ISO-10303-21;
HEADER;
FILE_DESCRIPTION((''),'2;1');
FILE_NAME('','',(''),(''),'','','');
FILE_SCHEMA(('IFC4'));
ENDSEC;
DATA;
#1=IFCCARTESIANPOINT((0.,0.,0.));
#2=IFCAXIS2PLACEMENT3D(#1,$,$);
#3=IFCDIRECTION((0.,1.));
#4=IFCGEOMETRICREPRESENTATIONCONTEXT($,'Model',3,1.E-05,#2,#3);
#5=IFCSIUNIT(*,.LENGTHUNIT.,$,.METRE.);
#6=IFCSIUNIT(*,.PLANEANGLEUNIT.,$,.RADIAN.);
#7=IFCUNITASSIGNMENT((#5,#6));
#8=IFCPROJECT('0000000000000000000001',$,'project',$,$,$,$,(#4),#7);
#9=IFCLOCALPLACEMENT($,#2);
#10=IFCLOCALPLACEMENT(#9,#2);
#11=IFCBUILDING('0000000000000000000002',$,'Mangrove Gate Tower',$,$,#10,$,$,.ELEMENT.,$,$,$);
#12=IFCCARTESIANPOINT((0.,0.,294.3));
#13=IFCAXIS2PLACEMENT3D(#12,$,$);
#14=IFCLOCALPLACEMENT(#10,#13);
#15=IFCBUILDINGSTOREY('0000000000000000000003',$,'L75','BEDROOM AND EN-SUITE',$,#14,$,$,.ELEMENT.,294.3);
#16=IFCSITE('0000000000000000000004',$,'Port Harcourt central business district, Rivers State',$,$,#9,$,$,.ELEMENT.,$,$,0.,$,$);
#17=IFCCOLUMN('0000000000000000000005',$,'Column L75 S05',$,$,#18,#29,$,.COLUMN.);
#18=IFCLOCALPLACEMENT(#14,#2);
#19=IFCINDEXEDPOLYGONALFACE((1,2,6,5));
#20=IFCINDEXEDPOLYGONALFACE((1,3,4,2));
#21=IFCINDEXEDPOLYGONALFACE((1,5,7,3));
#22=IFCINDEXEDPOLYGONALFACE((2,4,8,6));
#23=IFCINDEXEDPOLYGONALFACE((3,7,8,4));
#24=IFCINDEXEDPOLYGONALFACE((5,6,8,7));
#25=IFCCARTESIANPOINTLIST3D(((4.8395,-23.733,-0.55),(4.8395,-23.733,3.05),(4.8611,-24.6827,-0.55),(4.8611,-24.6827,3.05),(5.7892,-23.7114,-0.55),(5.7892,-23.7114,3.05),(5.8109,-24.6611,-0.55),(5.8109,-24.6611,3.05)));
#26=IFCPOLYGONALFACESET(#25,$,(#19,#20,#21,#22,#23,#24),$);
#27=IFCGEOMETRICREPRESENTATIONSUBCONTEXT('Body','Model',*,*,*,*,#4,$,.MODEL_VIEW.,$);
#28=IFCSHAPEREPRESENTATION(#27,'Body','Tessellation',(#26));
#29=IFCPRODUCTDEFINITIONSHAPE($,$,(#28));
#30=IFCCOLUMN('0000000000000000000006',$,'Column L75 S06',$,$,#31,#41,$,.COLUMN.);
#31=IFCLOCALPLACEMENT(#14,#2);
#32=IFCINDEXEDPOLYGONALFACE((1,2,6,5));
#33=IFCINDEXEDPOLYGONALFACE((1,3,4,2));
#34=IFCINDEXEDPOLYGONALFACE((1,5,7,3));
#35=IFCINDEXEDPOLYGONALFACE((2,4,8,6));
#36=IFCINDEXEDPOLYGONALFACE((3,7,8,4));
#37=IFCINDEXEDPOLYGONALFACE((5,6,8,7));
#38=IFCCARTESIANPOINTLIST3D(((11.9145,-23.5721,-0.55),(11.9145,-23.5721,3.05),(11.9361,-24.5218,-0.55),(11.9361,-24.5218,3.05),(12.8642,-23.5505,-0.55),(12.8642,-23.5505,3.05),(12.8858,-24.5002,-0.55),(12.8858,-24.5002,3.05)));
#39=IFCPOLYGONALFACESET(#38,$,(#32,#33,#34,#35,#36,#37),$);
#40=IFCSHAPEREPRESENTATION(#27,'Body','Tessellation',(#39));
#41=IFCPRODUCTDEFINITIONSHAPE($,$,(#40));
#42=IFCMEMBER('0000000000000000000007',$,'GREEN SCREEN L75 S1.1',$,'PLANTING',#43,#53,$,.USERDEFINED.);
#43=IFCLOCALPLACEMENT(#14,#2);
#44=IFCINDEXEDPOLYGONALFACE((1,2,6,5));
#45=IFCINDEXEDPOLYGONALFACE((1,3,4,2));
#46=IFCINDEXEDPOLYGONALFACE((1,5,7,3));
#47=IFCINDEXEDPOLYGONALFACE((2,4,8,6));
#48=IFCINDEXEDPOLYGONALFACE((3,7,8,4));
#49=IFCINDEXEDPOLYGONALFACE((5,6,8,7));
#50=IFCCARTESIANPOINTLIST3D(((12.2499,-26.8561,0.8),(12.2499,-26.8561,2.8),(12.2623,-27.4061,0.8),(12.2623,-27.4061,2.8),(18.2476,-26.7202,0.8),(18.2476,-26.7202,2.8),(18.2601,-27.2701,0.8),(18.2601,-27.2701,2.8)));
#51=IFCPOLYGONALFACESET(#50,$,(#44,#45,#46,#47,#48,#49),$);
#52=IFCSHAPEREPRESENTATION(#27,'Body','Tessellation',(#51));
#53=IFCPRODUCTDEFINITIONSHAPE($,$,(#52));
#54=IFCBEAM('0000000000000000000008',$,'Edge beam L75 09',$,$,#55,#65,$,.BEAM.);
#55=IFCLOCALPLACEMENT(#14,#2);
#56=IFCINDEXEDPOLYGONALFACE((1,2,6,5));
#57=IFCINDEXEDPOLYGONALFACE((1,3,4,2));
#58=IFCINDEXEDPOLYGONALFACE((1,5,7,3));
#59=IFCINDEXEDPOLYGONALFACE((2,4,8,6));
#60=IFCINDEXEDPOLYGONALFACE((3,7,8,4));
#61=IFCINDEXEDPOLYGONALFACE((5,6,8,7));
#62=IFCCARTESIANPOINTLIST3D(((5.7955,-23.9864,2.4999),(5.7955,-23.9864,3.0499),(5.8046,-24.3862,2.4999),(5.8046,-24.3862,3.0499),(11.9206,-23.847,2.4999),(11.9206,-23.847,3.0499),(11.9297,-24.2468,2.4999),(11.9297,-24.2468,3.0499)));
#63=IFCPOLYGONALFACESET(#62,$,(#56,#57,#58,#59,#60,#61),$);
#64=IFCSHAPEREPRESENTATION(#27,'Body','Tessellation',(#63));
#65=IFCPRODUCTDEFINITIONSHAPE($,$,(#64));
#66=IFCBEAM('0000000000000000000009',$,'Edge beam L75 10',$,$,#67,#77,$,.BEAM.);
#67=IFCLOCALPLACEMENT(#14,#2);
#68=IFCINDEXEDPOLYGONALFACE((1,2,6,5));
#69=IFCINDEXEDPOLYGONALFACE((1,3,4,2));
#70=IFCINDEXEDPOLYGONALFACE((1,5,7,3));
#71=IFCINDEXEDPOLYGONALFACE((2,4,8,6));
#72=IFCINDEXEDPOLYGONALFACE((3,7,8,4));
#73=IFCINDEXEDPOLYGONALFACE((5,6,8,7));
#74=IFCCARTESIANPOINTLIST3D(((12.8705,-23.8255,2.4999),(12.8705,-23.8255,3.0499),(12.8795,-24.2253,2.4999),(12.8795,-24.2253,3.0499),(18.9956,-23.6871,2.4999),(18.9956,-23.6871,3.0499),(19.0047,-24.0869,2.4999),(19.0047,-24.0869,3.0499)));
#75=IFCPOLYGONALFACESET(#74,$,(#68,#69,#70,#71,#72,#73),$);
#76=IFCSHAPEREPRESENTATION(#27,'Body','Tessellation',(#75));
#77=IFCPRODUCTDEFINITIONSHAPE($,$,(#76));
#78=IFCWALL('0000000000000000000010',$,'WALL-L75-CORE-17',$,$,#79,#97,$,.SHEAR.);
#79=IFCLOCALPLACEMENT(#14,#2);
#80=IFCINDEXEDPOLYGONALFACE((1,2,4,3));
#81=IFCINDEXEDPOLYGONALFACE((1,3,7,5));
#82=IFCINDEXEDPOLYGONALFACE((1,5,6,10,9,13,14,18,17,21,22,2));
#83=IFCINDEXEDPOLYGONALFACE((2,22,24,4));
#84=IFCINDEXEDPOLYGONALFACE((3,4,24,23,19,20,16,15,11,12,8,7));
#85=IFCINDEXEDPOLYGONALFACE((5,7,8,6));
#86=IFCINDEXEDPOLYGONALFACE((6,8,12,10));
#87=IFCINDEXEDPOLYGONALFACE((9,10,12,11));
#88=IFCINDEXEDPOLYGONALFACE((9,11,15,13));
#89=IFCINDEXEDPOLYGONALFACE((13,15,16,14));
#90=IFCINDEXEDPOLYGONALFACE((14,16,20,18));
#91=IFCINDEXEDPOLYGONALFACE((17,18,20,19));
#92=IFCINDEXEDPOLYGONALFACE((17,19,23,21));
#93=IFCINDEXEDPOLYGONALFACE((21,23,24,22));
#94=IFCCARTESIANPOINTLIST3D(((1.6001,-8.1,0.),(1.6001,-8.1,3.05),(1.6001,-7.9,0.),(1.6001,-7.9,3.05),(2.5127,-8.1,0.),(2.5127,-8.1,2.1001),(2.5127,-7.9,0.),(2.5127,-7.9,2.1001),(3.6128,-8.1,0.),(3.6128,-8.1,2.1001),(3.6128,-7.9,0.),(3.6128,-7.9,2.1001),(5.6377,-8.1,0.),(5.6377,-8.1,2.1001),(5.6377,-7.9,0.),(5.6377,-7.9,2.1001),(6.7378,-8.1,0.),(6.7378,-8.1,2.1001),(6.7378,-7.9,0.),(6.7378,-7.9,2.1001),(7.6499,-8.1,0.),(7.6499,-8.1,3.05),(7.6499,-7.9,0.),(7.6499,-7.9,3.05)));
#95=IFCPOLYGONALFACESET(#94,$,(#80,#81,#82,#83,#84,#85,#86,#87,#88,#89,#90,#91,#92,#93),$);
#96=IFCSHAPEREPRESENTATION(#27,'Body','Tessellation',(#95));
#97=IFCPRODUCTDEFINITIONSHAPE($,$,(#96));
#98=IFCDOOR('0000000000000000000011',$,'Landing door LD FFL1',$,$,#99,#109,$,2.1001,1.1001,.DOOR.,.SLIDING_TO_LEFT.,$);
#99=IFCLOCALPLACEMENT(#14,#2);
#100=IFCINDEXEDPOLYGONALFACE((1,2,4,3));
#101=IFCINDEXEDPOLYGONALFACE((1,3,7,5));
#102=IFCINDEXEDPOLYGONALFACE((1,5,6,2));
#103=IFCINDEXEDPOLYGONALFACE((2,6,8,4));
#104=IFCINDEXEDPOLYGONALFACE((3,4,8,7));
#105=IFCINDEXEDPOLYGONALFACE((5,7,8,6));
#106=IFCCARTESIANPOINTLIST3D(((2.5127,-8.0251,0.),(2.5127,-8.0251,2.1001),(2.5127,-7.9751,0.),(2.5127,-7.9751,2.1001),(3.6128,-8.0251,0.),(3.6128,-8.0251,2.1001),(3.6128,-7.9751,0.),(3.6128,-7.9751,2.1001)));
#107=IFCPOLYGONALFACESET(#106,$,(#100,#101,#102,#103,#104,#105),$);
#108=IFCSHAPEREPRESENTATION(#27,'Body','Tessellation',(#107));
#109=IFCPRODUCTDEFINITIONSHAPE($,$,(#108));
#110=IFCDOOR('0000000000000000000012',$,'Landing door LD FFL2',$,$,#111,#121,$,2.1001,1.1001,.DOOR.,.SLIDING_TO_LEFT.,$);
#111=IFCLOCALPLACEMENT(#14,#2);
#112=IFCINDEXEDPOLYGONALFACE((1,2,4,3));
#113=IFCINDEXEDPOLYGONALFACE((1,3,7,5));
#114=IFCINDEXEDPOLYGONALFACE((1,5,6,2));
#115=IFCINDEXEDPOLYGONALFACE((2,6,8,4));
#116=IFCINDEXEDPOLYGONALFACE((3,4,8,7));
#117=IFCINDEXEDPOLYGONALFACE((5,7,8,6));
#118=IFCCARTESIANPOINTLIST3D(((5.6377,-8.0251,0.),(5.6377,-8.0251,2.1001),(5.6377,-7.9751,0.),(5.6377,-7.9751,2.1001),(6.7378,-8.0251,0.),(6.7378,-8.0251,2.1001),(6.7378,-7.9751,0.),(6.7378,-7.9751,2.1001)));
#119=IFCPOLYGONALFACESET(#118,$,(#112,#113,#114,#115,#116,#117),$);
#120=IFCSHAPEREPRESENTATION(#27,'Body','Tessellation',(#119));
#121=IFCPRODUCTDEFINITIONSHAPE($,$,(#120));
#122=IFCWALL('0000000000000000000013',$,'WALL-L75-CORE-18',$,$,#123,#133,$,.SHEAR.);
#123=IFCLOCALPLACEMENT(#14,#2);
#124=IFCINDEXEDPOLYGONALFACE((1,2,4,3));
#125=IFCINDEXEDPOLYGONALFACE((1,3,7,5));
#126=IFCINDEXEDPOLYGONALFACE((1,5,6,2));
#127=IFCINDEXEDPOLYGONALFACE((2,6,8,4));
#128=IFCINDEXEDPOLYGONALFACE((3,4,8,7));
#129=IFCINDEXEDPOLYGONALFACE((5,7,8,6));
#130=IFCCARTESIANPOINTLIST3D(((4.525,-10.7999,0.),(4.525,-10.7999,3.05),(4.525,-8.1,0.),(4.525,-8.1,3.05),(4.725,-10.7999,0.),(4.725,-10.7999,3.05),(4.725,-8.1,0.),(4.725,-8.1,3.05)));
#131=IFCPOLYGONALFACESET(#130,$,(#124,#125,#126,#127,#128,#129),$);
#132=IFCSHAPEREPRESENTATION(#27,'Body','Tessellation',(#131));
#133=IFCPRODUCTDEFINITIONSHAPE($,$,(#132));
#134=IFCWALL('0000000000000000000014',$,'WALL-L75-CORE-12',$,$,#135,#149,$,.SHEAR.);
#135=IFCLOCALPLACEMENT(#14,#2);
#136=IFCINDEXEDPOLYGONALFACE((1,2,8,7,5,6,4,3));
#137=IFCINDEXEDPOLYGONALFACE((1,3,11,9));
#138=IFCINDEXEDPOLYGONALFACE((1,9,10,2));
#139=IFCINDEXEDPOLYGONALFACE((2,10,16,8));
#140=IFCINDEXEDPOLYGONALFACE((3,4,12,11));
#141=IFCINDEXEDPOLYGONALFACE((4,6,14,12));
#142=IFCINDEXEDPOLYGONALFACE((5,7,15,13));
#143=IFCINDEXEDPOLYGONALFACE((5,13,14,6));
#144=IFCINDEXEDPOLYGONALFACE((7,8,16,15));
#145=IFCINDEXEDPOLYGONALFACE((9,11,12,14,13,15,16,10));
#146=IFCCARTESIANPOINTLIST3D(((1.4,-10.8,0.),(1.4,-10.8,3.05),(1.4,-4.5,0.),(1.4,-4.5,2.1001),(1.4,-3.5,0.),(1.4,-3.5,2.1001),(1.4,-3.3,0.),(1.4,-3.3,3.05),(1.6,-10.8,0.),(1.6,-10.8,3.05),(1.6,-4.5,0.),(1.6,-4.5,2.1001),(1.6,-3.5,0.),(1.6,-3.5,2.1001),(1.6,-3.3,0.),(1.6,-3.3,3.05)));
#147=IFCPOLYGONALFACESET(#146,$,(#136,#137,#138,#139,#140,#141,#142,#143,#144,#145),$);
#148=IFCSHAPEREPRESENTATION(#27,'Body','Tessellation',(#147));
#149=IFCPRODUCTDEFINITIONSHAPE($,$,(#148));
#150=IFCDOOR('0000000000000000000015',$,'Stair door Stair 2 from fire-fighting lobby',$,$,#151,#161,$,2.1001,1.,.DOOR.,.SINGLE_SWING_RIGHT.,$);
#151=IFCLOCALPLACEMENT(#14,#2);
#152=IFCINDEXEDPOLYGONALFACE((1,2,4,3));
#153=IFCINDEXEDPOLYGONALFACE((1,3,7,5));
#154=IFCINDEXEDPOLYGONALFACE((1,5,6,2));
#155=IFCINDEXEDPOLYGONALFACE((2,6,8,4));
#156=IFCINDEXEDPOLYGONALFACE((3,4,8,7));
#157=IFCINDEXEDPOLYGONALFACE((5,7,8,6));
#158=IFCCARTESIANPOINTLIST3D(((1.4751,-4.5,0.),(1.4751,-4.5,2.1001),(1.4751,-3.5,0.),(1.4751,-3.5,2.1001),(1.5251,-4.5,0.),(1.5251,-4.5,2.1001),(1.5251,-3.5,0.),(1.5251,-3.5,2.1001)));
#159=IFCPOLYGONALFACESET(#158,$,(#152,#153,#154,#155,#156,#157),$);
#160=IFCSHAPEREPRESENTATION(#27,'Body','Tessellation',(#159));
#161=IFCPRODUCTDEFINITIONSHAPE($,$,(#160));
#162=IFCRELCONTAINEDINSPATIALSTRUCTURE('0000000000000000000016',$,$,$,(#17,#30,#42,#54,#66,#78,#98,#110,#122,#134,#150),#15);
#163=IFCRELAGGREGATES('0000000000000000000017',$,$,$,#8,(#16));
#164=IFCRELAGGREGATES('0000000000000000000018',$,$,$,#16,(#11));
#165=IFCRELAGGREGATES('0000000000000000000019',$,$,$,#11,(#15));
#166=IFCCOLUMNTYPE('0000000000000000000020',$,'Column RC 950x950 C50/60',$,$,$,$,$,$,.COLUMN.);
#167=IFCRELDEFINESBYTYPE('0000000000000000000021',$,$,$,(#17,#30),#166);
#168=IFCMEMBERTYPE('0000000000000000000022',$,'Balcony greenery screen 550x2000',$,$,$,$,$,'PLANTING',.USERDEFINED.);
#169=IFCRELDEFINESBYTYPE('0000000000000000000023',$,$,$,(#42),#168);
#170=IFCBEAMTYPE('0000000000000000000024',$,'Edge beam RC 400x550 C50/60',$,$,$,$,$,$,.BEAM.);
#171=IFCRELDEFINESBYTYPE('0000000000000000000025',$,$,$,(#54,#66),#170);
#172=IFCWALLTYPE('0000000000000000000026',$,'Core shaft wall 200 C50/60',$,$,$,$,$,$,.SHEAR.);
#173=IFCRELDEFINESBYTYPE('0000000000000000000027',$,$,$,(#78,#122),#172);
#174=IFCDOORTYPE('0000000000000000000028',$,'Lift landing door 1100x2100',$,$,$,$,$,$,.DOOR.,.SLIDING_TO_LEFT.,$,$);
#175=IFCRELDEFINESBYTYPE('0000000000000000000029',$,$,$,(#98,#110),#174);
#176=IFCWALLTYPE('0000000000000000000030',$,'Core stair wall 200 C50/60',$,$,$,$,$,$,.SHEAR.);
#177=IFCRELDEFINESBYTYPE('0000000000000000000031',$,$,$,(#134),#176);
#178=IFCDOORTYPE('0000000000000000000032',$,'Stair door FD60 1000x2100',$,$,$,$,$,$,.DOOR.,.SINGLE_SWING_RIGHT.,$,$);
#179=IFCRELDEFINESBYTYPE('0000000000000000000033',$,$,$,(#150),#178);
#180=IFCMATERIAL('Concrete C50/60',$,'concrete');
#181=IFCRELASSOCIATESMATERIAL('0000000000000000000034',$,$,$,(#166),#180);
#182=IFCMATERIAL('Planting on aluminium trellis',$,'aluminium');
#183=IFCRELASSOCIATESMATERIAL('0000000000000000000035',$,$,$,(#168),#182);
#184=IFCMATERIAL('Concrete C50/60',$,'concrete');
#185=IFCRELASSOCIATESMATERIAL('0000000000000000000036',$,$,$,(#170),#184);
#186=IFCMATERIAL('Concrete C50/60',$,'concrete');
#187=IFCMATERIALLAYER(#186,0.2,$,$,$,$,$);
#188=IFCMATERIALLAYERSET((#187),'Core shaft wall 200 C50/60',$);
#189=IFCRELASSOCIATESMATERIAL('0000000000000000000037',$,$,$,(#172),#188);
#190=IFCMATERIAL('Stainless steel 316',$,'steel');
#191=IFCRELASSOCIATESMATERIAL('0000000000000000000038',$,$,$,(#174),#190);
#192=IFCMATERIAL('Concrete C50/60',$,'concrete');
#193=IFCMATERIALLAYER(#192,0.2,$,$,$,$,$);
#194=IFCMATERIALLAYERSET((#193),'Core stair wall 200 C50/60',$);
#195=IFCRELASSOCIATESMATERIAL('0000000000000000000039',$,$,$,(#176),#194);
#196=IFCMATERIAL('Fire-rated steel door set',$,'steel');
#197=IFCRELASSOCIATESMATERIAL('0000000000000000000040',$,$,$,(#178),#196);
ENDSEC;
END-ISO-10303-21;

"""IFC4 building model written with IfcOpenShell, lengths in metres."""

from ifc_helpers import new_model, si_unit, direction, frame, frame_2d, origin, origin_2d, place, context, subcontext, project, spatial, rectangle, extrude, material, layer, layer_set, material_profile, profile_set, type_object, element, fill, save


model = new_model("IFC4")

# Units and contexts
model_context = context("Model", 3, precision=1e-05, world=origin(), true_north=direction((0.0, 1.0)))
body_context = subcontext(model_context, "Body", "Model", "MODEL_VIEW")
ifc_project = project(units=[si_unit("LENGTHUNIT", "METRE"), si_unit("PLANEANGLEUNIT", "RADIAN")], contexts=[model_context])

# Site, building, storey
site_placement = place(None, origin())
site = spatial("IfcSite", under=ifc_project, at=site_placement, Name="Port Harcourt central business district, Rivers State", CompositionType="ELEMENT", RefElevation=0.0)
building_placement = place(site_placement, origin())
building = spatial("IfcBuilding", under=site, at=building_placement, Name="Mangrove Gate Tower", CompositionType="ELEMENT")
storey_placement = place(building_placement, frame((0.0, 0.0, 294.3)))
storey = spatial("IfcBuildingStorey", under=building, at=storey_placement, Name="L75", Description="BEDROOM AND EN-SUITE", CompositionType="ELEMENT", Elevation=294.3)

# Columns
ifc_material_1 = material(Name="Concrete C50/60", Category="concrete")
ifc_material_profile_1 = material_profile(ifc_material_1, rectangle(XDim=0.95, YDim=0.95, at=origin_2d()))
ifc_profile_set_1 = profile_set([ifc_material_profile_1], Name="Concrete C50/60")
column_type = type_object("IfcColumnType", Name="Column RC 950x950 C50/60", PredefinedType="COLUMN", material=ifc_profile_set_1)
for number, where, z_axis, x_axis, name in (
    (1, (5.3252, -24.197, -0.55), (0.0, 0.0, 1.0), (0.999741, 0.022752, 0.0), "Column L75 S05"),
    (2, (12.4001, -24.0361, -0.55), (0.0, 0.0, 1.0), (0.999743, 0.02268, 0.0), "Column L75 S06"),
):
    element("IfcColumn", number, at=place(storey_placement, frame(where, z_axis=z_axis, x_axis=x_axis)), inside=storey, type_object=column_type, Name=name, PredefinedType="COLUMN", context=body_context, shape_type="SweptSolid", body=[
        extrude(rectangle(XDim=0.95, YDim=0.95, at=origin_2d()), origin(), (0.0, 0.0, 1.0), 3.6001),
    ])

# Member
ifc_material_2 = material(Name="Planting on aluminium trellis", Category="aluminium")
ifc_material_profile_2 = material_profile(ifc_material_2, rectangle(XDim=0.55, YDim=2.0, at=origin_2d()))
ifc_profile_set_2 = profile_set([ifc_material_profile_2], Name="Planting on aluminium trellis")
member_type = type_object("IfcMemberType", Name="Balcony greenery screen 550x2000", ElementType="PLANTING", PredefinedType="USERDEFINED", material=ifc_profile_set_2)
member_placement = place(storey_placement, frame((12.2561, -27.1311, 1.8), z_axis=(0.999743, 0.022667, 0.0), x_axis=(-0.022667, 0.999743, 0.0)))
element("IfcMember", 3, at=member_placement, inside=storey, type_object=member_type, Name="GREEN SCREEN L75 S1.1", ObjectType="PLANTING", PredefinedType="USERDEFINED", context=body_context, shape_type="SweptSolid", body=[
    extrude(rectangle(XDim=0.55, YDim=2.0, at=origin_2d()), origin(), (0.0, 0.0, 1.0), 5.9993),
])

# Beams
ifc_material_3 = material(Name="Concrete C50/60", Category="concrete")
ifc_material_profile_3 = material_profile(ifc_material_3, rectangle(XDim=0.3999, YDim=0.55, at=origin_2d()))
ifc_profile_set_3 = profile_set([ifc_material_profile_3], Name="Concrete C50/60")
beam_type = type_object("IfcBeamType", Name="Edge beam RC 400x550 C50/60", PredefinedType="BEAM", material=ifc_profile_set_3)
for number, where, z_axis, x_axis, name in (
    (4, (5.8, -24.1863, 2.7749), (0.999741, 0.022753, 0.0), (-0.022753, 0.999741, 0.0), "Edge beam L75 09"),
    (5, (12.875, -24.0254, 2.7749), (0.999745, 0.022594, 0.0), (-0.022594, 0.999745, 0.0), "Edge beam L75 10"),
):
    element("IfcBeam", number, at=place(storey_placement, frame(where, z_axis=z_axis, x_axis=x_axis)), inside=storey, type_object=beam_type, Name=name, PredefinedType="BEAM", context=body_context, shape_type="SweptSolid", body=[
        extrude(rectangle(XDim=0.3999, YDim=0.55, at=origin_2d()), origin(), (0.0, 0.0, 1.0), 6.1267),
    ])

# Wall, openings, doors
ifc_material_4 = material(Name="Concrete C50/60", Category="concrete")
ifc_layer_1 = layer(ifc_material_4, 0.2)
ifc_layer_set_1 = layer_set([ifc_layer_1], Name="Core shaft wall 200 C50/60")
wall_type_1 = type_object("IfcWallType", Name="Core shaft wall 200 C50/60", PredefinedType="SHEAR", material=ifc_layer_set_1)
wall_1_placement = place(storey_placement, frame((1.6001, -8.0, 0.0), z_axis=(0.0, 0.0, 1.0), x_axis=(1.0, 0.0, 0.0)))
wall_1 = element("IfcWall", 6, at=wall_1_placement, inside=storey, type_object=wall_type_1, Name="WALL-L75-CORE-17", PredefinedType="SHEAR", context=body_context, shape_type="SweptSolid", body=[
    extrude(rectangle(XDim=6.0498, YDim=0.2, at=frame_2d((3.0249, 0.0))), origin(), (0.0, 0.0, 1.0), 3.05),
])
opening_1_placement = place(wall_1_placement, frame((0.9126, 0.0, 0.0)))
opening_1 = element("IfcOpeningElement", 7, at=opening_1_placement, cuts=wall_1, PredefinedType="OPENING", context=body_context, shape_type="SweptSolid", body=[
    extrude(rectangle(XDim=1.1001, YDim=2.1001, at=frame_2d((0.55, 1.05))), frame((0.0, 0.1099, 0.0), z_axis=(0.0, -1.0, 0.0), x_axis=(1.0, 0.0, 0.0)), (0.0, 0.0, 1.0), 0.22),
])
opening_2_placement = place(wall_1_placement, frame((4.0376, 0.0, 0.0)))
opening_2 = element("IfcOpeningElement", 8, at=opening_2_placement, cuts=wall_1, PredefinedType="OPENING", context=body_context, shape_type="SweptSolid", body=[
    extrude(rectangle(XDim=1.1001, YDim=2.1001, at=frame_2d((0.55, 1.05))), frame((0.0, 0.1099, 0.0), z_axis=(0.0, -1.0, 0.0), x_axis=(1.0, 0.0, 0.0)), (0.0, 0.0, 1.0), 0.22),
])
ifc_material_5 = material(Name="Stainless steel 316", Category="steel")
door_type_1 = type_object("IfcDoorType", Name="Lift landing door 1100x2100", OperationType="SLIDING_TO_LEFT", PredefinedType="DOOR", material=ifc_material_5)
door_1_placement = place(opening_1_placement, origin())
door_1 = element("IfcDoor", 9, at=door_1_placement, inside=storey, type_object=door_type_1, Name="Landing door LD FFL1", OperationType="SLIDING_TO_LEFT", OverallHeight=2.1001, OverallWidth=1.1001, PredefinedType="DOOR", context=body_context, shape_type="SweptSolid", body=[
    extrude(rectangle(XDim=1.1001, YDim=2.1001, at=frame_2d((0.55, 1.05))), frame((0.0, 0.0249, 0.0), z_axis=(0.0, -1.0, 0.0), x_axis=(1.0, 0.0, 0.0)), (0.0, 0.0, 1.0), 0.05),
])
fill(opening_1, door_1)
door_2_placement = place(opening_2_placement, origin())
door_2 = element("IfcDoor", 10, at=door_2_placement, inside=storey, type_object=door_type_1, Name="Landing door LD FFL2", OperationType="SLIDING_TO_LEFT", OverallHeight=2.1001, OverallWidth=1.1001, PredefinedType="DOOR", context=body_context, shape_type="SweptSolid", body=[
    extrude(rectangle(XDim=1.1001, YDim=2.1001, at=frame_2d((0.55, 1.05))), frame((0.0, 0.0249, 0.0), z_axis=(0.0, -1.0, 0.0), x_axis=(1.0, 0.0, 0.0)), (0.0, 0.0, 1.0), 0.05),
])
fill(opening_2, door_2)

# Wall
wall_2_placement = place(storey_placement, frame((4.625, -10.8, 0.0), z_axis=(0.0, 0.0, 1.0), x_axis=(0.0, 1.0, 0.0)))
element("IfcWall", 11, at=wall_2_placement, inside=storey, type_object=wall_type_1, Name="WALL-L75-CORE-18", PredefinedType="SHEAR", context=body_context, shape_type="SweptSolid", body=[
    extrude(rectangle(XDim=2.7, YDim=0.2, at=frame_2d((1.3501, 0.0))), origin(), (0.0, 0.0, 1.0), 3.05),
])

# Wall, opening, door
ifc_material_6 = material(Name="Concrete C50/60", Category="concrete")
ifc_layer_2 = layer(ifc_material_6, 0.2)
ifc_layer_set_2 = layer_set([ifc_layer_2], Name="Core stair wall 200 C50/60")
wall_type_2 = type_object("IfcWallType", Name="Core stair wall 200 C50/60", PredefinedType="SHEAR", material=ifc_layer_set_2)
wall_3_placement = place(storey_placement, frame((1.5, -10.8, 0.0), z_axis=(0.0, 0.0, 1.0), x_axis=(0.0, 1.0, 0.0)))
wall_3 = element("IfcWall", 12, at=wall_3_placement, inside=storey, type_object=wall_type_2, Name="WALL-L75-CORE-12", PredefinedType="SHEAR", context=body_context, shape_type="SweptSolid", body=[
    extrude(rectangle(XDim=7.5, YDim=0.2, at=frame_2d((3.75, 0.0))), origin(), (0.0, 0.0, 1.0), 3.05),
])
opening_3_placement = place(wall_3_placement, frame((6.3, 0.0, 0.0)))
opening_3 = element("IfcOpeningElement", 13, at=opening_3_placement, cuts=wall_3, PredefinedType="OPENING", context=body_context, shape_type="SweptSolid", body=[
    extrude(rectangle(XDim=1.0, YDim=2.1001, at=frame_2d((0.5, 1.05))), frame((0.0, 0.1099, 0.0), z_axis=(0.0, -1.0, 0.0), x_axis=(1.0, 0.0, 0.0)), (0.0, 0.0, 1.0), 0.22),
])
ifc_material_7 = material(Name="Fire-rated steel door set", Category="steel")
door_type_2 = type_object("IfcDoorType", Name="Stair door FD60 1000x2100", OperationType="SINGLE_SWING_RIGHT", PredefinedType="DOOR", material=ifc_material_7)
door_3_placement = place(opening_3_placement, origin())
door_3 = element("IfcDoor", 14, at=door_3_placement, inside=storey, type_object=door_type_2, Name="Stair door Stair 2 from fire-fighting lobby", OperationType="SINGLE_SWING_RIGHT", OverallHeight=2.1001, OverallWidth=1.0, PredefinedType="DOOR", context=body_context, shape_type="SweptSolid", body=[
    extrude(rectangle(XDim=1.0, YDim=2.1001, at=frame_2d((0.5, 1.05))), frame((0.0, 0.0249, 0.0), z_axis=(0.0, -1.0, 0.0), x_axis=(1.0, 0.0, 0.0)), (0.0, 0.0, 1.0), 0.05),
])
fill(opening_3, door_3)

save(model, "model.ifc")
